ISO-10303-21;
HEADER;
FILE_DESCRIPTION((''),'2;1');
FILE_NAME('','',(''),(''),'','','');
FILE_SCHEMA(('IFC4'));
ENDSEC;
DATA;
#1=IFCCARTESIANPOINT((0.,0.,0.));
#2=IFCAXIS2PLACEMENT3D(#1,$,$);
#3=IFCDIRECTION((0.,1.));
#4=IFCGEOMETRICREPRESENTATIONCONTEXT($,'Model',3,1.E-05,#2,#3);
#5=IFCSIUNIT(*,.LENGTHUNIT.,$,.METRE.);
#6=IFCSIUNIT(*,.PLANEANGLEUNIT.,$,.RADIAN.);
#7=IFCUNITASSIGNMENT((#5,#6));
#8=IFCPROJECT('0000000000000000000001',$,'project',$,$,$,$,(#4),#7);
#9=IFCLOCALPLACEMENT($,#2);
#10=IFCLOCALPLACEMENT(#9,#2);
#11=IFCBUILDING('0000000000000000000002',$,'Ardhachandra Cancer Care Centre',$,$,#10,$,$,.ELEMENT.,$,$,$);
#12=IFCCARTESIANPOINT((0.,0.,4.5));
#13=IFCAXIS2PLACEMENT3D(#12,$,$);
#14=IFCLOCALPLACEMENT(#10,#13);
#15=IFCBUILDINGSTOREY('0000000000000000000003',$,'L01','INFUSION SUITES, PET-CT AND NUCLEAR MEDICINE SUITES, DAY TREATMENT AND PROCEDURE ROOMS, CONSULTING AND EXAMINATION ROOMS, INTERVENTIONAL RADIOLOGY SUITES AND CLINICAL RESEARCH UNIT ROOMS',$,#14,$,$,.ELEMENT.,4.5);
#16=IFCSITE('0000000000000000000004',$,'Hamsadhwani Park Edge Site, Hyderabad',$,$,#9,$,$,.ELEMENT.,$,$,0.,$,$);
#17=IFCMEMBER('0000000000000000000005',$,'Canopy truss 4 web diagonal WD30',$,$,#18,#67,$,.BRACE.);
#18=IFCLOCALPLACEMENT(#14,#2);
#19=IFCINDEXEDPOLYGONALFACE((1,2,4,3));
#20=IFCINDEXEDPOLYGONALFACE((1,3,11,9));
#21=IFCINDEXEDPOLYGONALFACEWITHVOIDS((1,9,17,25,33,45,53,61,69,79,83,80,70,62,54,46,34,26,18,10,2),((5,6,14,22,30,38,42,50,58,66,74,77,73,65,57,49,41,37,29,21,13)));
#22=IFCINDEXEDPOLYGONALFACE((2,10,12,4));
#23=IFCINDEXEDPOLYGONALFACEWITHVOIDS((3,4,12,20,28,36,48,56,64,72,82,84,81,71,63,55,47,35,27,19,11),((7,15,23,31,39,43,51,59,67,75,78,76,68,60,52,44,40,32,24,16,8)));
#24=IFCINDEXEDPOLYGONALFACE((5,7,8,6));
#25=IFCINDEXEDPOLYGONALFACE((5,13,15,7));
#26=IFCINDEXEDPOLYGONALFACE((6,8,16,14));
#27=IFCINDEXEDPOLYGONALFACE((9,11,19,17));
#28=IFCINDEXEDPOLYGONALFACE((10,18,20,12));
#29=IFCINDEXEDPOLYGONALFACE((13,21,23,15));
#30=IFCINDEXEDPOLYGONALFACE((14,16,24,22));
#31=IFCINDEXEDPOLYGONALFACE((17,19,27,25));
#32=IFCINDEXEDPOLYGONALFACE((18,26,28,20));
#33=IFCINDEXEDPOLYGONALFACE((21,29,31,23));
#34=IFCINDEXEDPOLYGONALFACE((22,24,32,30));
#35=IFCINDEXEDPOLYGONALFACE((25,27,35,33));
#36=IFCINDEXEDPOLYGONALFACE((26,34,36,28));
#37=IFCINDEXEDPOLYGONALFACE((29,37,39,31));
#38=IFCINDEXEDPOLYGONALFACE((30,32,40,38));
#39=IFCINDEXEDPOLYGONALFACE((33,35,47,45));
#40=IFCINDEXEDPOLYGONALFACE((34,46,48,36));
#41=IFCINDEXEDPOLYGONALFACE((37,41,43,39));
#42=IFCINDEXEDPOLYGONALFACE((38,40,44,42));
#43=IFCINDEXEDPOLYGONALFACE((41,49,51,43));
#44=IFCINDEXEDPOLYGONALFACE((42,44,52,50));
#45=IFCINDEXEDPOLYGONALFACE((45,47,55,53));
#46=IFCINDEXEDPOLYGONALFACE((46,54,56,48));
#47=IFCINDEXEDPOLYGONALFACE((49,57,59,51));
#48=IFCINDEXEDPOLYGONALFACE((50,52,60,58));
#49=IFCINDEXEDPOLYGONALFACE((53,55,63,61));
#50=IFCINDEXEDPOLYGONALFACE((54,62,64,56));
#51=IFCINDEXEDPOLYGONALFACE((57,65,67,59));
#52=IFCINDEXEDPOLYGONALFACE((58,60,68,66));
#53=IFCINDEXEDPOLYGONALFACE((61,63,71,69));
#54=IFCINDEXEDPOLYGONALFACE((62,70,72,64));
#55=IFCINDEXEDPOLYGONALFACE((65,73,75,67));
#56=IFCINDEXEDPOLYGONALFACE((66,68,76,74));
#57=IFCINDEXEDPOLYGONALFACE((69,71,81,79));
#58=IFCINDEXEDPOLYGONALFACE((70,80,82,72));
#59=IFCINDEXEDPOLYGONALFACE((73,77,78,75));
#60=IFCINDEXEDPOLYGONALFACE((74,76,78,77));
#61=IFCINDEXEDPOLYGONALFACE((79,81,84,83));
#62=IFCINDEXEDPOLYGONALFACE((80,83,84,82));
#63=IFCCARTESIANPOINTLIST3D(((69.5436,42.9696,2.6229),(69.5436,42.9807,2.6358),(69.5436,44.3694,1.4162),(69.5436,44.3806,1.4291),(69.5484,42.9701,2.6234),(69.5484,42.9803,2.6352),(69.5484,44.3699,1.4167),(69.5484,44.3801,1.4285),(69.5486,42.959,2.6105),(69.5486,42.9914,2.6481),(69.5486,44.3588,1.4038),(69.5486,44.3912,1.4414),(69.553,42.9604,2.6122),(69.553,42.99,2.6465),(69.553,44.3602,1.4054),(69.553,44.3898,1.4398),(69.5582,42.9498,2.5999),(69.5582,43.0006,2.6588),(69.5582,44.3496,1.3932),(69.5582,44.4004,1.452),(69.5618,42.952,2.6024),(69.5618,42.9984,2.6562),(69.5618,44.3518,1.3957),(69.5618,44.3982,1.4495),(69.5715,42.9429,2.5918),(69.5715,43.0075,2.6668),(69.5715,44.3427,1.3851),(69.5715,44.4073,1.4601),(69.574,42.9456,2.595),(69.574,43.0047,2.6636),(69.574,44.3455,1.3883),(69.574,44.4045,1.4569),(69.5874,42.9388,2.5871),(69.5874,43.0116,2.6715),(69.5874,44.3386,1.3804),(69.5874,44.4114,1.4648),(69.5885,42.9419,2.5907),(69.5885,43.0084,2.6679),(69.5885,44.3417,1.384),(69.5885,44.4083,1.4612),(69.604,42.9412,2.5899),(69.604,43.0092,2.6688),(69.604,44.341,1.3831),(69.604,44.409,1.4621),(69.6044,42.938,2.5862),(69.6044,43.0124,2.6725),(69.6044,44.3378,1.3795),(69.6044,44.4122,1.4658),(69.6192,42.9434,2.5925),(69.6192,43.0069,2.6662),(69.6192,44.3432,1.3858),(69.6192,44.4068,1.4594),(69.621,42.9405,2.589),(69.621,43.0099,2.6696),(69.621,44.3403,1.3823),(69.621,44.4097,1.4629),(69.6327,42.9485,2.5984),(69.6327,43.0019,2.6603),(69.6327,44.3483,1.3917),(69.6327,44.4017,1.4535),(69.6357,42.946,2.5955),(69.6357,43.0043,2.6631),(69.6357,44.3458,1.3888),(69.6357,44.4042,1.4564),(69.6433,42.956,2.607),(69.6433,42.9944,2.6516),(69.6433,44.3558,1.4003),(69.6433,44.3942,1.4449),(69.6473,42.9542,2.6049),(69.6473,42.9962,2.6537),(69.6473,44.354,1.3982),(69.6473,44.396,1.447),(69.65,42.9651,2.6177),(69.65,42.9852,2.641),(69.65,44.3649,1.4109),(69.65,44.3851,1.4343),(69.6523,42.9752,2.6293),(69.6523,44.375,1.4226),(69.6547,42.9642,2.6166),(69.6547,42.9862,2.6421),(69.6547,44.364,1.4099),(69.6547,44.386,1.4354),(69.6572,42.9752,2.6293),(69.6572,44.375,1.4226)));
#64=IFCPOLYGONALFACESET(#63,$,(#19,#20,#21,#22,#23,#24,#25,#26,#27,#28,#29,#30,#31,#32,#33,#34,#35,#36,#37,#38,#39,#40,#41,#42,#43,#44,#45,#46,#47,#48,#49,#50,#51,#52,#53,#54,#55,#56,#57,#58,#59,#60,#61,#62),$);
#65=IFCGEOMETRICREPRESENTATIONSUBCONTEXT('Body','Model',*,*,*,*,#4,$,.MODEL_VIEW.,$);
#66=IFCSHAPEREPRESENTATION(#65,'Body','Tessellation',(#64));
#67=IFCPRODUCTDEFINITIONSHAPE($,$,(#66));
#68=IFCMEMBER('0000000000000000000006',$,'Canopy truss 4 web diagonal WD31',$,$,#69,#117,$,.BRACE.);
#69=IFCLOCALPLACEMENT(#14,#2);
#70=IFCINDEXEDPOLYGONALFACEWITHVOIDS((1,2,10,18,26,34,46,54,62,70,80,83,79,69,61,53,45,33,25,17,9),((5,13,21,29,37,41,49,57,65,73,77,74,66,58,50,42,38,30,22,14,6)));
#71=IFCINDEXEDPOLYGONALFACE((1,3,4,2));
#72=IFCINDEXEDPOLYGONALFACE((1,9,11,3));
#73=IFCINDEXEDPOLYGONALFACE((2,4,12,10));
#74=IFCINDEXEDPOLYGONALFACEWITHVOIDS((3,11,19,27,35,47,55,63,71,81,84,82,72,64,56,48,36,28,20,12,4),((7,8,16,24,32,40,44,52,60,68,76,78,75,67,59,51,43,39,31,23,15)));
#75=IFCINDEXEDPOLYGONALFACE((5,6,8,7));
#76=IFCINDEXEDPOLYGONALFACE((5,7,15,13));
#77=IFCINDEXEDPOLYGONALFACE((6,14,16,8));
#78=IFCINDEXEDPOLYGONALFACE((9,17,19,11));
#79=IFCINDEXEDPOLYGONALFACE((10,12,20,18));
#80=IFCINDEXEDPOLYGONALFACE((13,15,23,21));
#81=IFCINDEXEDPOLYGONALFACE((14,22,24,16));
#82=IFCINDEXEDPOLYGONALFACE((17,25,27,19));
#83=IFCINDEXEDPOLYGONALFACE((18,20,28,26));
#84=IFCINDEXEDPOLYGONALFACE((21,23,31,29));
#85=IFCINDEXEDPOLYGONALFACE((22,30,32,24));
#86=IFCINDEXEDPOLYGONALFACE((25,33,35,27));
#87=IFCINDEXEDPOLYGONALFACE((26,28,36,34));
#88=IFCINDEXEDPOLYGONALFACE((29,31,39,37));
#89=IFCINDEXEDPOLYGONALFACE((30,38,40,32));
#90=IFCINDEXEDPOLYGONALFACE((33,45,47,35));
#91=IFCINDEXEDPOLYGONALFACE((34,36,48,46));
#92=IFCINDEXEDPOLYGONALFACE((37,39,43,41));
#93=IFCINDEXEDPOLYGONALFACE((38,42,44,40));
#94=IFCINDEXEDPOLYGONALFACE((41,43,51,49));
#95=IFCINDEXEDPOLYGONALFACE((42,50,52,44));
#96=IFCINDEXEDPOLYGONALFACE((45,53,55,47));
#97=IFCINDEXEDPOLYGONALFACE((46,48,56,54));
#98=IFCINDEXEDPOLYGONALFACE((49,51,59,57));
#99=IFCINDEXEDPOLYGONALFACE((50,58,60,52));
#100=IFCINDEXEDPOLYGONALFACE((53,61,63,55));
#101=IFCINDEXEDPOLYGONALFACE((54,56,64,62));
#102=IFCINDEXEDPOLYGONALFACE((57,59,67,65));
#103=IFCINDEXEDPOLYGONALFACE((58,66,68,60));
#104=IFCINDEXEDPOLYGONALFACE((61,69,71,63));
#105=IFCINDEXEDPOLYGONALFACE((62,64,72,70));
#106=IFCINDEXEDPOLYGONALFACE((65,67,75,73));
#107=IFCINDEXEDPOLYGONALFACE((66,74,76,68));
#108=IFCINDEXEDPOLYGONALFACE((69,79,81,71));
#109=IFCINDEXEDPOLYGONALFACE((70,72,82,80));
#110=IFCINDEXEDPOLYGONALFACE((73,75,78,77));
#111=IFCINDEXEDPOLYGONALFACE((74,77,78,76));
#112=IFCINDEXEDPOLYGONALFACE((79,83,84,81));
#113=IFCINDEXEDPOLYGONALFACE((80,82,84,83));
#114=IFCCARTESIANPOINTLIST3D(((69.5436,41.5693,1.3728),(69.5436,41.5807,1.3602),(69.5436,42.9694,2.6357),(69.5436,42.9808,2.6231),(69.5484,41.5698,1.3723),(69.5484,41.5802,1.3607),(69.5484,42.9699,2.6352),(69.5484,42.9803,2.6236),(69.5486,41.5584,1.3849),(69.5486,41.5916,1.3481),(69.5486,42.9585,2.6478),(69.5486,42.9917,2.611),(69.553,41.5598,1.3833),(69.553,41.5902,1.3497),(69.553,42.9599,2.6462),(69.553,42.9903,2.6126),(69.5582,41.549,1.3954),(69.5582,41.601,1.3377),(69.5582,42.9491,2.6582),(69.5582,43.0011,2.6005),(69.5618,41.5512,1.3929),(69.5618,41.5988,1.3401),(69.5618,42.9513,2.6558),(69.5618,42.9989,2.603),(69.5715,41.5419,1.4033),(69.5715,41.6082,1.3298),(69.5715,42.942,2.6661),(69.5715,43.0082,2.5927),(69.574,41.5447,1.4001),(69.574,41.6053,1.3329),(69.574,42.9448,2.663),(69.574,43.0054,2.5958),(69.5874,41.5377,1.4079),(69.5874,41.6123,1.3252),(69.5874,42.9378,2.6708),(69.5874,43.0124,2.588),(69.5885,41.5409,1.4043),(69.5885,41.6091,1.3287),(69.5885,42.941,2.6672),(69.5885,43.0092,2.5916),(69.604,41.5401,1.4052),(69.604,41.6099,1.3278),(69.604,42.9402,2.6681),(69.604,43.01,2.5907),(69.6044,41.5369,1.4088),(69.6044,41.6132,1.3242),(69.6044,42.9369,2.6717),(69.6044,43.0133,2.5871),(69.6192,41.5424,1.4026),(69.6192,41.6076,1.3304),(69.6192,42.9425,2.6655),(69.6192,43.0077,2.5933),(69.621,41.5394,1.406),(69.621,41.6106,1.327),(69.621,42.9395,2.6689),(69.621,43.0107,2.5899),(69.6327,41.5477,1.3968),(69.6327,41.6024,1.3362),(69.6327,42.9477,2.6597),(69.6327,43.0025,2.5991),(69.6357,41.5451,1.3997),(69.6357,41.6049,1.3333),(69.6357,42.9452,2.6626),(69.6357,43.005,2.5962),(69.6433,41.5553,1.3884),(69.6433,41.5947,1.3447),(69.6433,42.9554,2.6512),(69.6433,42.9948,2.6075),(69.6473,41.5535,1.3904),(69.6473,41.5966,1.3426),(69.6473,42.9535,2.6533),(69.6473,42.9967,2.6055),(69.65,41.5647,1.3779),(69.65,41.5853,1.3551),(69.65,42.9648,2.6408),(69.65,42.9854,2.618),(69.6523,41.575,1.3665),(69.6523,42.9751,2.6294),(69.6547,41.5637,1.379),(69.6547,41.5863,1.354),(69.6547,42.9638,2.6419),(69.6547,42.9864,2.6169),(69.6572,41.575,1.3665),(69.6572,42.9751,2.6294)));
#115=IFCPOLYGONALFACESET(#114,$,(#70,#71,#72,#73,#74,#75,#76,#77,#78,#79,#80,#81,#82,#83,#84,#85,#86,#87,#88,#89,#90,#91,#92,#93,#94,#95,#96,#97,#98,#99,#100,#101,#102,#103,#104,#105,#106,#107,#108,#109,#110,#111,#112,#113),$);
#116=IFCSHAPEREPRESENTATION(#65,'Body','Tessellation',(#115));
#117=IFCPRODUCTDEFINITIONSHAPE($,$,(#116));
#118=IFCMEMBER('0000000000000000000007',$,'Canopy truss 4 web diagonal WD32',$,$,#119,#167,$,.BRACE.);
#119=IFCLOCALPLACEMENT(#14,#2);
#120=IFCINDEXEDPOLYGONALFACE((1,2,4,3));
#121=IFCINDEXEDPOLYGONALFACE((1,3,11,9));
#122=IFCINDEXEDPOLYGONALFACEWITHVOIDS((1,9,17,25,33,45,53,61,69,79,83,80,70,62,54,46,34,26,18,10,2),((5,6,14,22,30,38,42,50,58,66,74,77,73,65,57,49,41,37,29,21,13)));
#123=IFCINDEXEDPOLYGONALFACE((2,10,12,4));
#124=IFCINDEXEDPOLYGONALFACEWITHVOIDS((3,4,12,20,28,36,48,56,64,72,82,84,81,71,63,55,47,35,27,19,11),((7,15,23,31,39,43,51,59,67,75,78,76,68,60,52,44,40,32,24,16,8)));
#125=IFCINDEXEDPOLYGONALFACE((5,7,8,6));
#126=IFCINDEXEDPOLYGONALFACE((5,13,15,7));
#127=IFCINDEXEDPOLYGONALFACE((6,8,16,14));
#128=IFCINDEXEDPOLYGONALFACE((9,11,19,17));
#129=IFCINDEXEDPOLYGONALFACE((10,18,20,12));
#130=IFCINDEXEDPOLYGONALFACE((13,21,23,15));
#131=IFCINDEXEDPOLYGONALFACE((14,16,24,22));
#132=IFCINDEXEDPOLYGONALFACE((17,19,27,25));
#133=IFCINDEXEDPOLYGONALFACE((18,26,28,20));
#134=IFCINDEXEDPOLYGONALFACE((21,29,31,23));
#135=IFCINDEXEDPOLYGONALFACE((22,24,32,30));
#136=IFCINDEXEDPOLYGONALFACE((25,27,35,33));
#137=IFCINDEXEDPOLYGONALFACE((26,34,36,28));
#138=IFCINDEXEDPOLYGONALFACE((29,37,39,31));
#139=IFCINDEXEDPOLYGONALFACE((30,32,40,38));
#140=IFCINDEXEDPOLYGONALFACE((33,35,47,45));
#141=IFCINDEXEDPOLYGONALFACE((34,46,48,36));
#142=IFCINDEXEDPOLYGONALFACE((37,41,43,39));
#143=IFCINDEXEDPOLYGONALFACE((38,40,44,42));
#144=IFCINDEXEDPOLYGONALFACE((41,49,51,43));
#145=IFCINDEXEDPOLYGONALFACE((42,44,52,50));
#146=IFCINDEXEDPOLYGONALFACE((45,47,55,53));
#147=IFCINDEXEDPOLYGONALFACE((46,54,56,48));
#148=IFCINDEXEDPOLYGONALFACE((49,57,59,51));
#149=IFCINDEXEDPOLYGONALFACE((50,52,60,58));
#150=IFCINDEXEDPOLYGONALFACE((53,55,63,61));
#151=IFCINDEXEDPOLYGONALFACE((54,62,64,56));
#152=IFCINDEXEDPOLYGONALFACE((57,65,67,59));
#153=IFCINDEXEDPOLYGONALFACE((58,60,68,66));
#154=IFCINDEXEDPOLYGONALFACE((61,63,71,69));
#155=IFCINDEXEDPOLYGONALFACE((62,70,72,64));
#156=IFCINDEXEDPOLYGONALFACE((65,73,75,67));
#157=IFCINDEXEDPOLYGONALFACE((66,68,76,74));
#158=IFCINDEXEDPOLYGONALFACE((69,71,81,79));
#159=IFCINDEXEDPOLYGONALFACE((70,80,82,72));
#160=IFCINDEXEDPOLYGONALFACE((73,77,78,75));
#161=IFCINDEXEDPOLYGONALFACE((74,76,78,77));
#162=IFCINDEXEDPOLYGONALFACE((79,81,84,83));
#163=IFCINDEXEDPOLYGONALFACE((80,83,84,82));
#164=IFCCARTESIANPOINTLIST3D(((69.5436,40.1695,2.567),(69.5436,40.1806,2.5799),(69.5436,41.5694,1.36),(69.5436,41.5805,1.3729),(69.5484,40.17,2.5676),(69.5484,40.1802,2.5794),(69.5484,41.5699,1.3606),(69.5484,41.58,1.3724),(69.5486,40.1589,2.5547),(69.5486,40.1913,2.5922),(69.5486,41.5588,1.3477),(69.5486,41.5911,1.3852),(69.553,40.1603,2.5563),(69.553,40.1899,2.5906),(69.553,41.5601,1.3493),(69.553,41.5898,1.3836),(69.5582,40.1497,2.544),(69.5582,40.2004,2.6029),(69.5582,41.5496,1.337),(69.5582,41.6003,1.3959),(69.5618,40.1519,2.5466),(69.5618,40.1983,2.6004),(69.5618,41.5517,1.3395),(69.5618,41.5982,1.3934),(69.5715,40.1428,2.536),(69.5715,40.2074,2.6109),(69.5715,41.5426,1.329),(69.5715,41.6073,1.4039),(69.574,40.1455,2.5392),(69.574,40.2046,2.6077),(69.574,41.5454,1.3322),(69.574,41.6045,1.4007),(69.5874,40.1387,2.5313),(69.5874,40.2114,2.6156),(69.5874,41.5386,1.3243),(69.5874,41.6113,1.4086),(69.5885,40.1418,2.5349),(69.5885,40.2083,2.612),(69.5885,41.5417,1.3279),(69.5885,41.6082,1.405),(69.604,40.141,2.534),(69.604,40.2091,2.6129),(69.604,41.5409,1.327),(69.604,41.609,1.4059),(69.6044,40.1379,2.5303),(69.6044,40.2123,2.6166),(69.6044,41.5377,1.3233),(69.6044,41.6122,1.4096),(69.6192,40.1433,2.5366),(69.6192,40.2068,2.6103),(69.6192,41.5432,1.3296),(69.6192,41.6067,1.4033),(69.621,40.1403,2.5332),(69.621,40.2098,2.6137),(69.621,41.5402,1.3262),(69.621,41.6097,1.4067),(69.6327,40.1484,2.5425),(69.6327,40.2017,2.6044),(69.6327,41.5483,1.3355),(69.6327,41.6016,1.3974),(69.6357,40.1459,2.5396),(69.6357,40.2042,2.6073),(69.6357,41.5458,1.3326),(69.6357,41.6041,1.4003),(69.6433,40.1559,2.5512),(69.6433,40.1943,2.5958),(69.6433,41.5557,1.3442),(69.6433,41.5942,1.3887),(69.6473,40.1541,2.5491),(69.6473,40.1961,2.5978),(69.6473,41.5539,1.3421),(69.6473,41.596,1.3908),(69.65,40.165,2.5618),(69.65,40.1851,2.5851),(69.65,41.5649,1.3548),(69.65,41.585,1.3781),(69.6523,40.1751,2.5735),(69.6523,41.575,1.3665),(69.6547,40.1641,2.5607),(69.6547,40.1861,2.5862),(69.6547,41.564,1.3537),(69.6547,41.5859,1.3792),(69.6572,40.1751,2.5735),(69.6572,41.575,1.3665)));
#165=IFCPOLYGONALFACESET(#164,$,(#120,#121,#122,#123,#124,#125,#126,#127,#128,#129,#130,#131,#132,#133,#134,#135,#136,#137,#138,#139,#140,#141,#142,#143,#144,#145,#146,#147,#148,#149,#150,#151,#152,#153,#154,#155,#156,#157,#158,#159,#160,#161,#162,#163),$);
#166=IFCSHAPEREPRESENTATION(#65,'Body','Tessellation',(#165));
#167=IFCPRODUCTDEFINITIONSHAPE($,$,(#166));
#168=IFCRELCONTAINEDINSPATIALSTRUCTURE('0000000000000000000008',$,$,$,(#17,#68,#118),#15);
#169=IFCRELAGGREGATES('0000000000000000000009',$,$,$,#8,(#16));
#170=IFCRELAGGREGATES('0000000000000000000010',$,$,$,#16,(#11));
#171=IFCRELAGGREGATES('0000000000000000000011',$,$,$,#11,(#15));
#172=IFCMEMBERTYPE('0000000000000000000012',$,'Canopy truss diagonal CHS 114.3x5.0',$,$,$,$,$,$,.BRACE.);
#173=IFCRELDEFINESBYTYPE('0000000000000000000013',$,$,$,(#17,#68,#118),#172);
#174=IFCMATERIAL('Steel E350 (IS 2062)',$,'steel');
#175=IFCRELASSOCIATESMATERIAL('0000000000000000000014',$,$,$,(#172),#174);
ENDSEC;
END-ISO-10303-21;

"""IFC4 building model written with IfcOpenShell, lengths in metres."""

from ifc_helpers import new_model, si_unit, direction, frame, origin, origin_2d, place, context, subcontext, project, spatial, hollow_circle, extrude, material, material_profile, profile_set, type_object, element, save


model = new_model("IFC4")

# Units and contexts
model_context = context("Model", 3, precision=1e-05, world=origin(), true_north=direction((0.0, 1.0)))
body_context = subcontext(model_context, "Body", "Model", "MODEL_VIEW")
ifc_project = project(units=[si_unit("LENGTHUNIT", "METRE"), si_unit("PLANEANGLEUNIT", "RADIAN")], contexts=[model_context])

# Site, building, storey
site_placement = place(None, origin())
site = spatial("IfcSite", under=ifc_project, at=site_placement, Name="Hamsadhwani Park Edge Site, Hyderabad", CompositionType="ELEMENT", RefElevation=0.0)
building_placement = place(site_placement, origin())
building = spatial("IfcBuilding", under=site, at=building_placement, Name="Ardhachandra Cancer Care Centre", CompositionType="ELEMENT")
storey_placement = place(building_placement, frame((0.0, 0.0, 4.5)))
storey = spatial("IfcBuildingStorey", under=building, at=storey_placement, Name="L01", Description="INFUSION SUITES, PET-CT AND NUCLEAR MEDICINE SUITES, DAY TREATMENT AND PROCEDURE ROOMS, CONSULTING AND EXAMINATION ROOMS, INTERVENTIONAL RADIOLOGY SUITES AND CLINICAL RESEARCH UNIT ROOMS", CompositionType="ELEMENT", Elevation=4.5)

# Members
ifc_material_1 = material(Name="Steel E350 (IS 2062)", Category="steel")
ifc_material_profile_1 = material_profile(ifc_material_1, hollow_circle(Radius=0.0571, WallThickness=0.0049, at=origin_2d()), Name="CHS 114.3x5.0")
ifc_profile_set_1 = profile_set([ifc_material_profile_1], Name="Steel E350 (IS 2062)")
member_type_1 = type_object("IfcMemberType", Name="Canopy truss diagonal CHS 114.3x5.0", PredefinedType="BRACE", material=ifc_profile_set_1)
member_1_placement = place(storey_placement, frame((69.6001, 44.375, 1.4226), z_axis=(0.0, -0.757417, 0.652932), x_axis=(1.0, 0.0, 0.0)))
element("IfcMember", 1, at=member_1_placement, inside=storey, type_object=member_type_1, Name="Canopy truss 4 web diagonal WD30", PredefinedType="BRACE", context=body_context, shape_type="SweptSolid", body=[
    extrude(hollow_circle(Radius=0.0571, WallThickness=0.0049, at=origin_2d()), origin(), (0.0, 0.0, 1.0), 1.8481),
])
member_2_placement = place(storey_placement, frame((69.6001, 42.9751, 2.6294), z_axis=(0.0, -0.742553, -0.669787), x_axis=(1.0, 0.0, 0.0)))
element("IfcMember", 2, at=member_2_placement, inside=storey, type_object=member_type_1, Name="Canopy truss 4 web diagonal WD31", PredefinedType="BRACE", context=body_context, shape_type="SweptSolid", body=[
    extrude(hollow_circle(Radius=0.0571, WallThickness=0.0049, at=origin_2d()), origin(), (0.0, 0.0, 1.0), 1.8855),
])
member_3_placement = place(storey_placement, frame((69.6001, 41.575, 1.3665), z_axis=(0.0, -0.757351, 0.653008), x_axis=(1.0, 0.0, 0.0)))
element("IfcMember", 3, at=member_3_placement, inside=storey, type_object=member_type_1, Name="Canopy truss 4 web diagonal WD32", PredefinedType="BRACE", context=body_context, shape_type="SweptSolid", body=[
    extrude(hollow_circle(Radius=0.0571, WallThickness=0.0049, at=origin_2d()), origin(), (0.0, 0.0, 1.0), 1.8484),
])

save(model, "model.ifc")
